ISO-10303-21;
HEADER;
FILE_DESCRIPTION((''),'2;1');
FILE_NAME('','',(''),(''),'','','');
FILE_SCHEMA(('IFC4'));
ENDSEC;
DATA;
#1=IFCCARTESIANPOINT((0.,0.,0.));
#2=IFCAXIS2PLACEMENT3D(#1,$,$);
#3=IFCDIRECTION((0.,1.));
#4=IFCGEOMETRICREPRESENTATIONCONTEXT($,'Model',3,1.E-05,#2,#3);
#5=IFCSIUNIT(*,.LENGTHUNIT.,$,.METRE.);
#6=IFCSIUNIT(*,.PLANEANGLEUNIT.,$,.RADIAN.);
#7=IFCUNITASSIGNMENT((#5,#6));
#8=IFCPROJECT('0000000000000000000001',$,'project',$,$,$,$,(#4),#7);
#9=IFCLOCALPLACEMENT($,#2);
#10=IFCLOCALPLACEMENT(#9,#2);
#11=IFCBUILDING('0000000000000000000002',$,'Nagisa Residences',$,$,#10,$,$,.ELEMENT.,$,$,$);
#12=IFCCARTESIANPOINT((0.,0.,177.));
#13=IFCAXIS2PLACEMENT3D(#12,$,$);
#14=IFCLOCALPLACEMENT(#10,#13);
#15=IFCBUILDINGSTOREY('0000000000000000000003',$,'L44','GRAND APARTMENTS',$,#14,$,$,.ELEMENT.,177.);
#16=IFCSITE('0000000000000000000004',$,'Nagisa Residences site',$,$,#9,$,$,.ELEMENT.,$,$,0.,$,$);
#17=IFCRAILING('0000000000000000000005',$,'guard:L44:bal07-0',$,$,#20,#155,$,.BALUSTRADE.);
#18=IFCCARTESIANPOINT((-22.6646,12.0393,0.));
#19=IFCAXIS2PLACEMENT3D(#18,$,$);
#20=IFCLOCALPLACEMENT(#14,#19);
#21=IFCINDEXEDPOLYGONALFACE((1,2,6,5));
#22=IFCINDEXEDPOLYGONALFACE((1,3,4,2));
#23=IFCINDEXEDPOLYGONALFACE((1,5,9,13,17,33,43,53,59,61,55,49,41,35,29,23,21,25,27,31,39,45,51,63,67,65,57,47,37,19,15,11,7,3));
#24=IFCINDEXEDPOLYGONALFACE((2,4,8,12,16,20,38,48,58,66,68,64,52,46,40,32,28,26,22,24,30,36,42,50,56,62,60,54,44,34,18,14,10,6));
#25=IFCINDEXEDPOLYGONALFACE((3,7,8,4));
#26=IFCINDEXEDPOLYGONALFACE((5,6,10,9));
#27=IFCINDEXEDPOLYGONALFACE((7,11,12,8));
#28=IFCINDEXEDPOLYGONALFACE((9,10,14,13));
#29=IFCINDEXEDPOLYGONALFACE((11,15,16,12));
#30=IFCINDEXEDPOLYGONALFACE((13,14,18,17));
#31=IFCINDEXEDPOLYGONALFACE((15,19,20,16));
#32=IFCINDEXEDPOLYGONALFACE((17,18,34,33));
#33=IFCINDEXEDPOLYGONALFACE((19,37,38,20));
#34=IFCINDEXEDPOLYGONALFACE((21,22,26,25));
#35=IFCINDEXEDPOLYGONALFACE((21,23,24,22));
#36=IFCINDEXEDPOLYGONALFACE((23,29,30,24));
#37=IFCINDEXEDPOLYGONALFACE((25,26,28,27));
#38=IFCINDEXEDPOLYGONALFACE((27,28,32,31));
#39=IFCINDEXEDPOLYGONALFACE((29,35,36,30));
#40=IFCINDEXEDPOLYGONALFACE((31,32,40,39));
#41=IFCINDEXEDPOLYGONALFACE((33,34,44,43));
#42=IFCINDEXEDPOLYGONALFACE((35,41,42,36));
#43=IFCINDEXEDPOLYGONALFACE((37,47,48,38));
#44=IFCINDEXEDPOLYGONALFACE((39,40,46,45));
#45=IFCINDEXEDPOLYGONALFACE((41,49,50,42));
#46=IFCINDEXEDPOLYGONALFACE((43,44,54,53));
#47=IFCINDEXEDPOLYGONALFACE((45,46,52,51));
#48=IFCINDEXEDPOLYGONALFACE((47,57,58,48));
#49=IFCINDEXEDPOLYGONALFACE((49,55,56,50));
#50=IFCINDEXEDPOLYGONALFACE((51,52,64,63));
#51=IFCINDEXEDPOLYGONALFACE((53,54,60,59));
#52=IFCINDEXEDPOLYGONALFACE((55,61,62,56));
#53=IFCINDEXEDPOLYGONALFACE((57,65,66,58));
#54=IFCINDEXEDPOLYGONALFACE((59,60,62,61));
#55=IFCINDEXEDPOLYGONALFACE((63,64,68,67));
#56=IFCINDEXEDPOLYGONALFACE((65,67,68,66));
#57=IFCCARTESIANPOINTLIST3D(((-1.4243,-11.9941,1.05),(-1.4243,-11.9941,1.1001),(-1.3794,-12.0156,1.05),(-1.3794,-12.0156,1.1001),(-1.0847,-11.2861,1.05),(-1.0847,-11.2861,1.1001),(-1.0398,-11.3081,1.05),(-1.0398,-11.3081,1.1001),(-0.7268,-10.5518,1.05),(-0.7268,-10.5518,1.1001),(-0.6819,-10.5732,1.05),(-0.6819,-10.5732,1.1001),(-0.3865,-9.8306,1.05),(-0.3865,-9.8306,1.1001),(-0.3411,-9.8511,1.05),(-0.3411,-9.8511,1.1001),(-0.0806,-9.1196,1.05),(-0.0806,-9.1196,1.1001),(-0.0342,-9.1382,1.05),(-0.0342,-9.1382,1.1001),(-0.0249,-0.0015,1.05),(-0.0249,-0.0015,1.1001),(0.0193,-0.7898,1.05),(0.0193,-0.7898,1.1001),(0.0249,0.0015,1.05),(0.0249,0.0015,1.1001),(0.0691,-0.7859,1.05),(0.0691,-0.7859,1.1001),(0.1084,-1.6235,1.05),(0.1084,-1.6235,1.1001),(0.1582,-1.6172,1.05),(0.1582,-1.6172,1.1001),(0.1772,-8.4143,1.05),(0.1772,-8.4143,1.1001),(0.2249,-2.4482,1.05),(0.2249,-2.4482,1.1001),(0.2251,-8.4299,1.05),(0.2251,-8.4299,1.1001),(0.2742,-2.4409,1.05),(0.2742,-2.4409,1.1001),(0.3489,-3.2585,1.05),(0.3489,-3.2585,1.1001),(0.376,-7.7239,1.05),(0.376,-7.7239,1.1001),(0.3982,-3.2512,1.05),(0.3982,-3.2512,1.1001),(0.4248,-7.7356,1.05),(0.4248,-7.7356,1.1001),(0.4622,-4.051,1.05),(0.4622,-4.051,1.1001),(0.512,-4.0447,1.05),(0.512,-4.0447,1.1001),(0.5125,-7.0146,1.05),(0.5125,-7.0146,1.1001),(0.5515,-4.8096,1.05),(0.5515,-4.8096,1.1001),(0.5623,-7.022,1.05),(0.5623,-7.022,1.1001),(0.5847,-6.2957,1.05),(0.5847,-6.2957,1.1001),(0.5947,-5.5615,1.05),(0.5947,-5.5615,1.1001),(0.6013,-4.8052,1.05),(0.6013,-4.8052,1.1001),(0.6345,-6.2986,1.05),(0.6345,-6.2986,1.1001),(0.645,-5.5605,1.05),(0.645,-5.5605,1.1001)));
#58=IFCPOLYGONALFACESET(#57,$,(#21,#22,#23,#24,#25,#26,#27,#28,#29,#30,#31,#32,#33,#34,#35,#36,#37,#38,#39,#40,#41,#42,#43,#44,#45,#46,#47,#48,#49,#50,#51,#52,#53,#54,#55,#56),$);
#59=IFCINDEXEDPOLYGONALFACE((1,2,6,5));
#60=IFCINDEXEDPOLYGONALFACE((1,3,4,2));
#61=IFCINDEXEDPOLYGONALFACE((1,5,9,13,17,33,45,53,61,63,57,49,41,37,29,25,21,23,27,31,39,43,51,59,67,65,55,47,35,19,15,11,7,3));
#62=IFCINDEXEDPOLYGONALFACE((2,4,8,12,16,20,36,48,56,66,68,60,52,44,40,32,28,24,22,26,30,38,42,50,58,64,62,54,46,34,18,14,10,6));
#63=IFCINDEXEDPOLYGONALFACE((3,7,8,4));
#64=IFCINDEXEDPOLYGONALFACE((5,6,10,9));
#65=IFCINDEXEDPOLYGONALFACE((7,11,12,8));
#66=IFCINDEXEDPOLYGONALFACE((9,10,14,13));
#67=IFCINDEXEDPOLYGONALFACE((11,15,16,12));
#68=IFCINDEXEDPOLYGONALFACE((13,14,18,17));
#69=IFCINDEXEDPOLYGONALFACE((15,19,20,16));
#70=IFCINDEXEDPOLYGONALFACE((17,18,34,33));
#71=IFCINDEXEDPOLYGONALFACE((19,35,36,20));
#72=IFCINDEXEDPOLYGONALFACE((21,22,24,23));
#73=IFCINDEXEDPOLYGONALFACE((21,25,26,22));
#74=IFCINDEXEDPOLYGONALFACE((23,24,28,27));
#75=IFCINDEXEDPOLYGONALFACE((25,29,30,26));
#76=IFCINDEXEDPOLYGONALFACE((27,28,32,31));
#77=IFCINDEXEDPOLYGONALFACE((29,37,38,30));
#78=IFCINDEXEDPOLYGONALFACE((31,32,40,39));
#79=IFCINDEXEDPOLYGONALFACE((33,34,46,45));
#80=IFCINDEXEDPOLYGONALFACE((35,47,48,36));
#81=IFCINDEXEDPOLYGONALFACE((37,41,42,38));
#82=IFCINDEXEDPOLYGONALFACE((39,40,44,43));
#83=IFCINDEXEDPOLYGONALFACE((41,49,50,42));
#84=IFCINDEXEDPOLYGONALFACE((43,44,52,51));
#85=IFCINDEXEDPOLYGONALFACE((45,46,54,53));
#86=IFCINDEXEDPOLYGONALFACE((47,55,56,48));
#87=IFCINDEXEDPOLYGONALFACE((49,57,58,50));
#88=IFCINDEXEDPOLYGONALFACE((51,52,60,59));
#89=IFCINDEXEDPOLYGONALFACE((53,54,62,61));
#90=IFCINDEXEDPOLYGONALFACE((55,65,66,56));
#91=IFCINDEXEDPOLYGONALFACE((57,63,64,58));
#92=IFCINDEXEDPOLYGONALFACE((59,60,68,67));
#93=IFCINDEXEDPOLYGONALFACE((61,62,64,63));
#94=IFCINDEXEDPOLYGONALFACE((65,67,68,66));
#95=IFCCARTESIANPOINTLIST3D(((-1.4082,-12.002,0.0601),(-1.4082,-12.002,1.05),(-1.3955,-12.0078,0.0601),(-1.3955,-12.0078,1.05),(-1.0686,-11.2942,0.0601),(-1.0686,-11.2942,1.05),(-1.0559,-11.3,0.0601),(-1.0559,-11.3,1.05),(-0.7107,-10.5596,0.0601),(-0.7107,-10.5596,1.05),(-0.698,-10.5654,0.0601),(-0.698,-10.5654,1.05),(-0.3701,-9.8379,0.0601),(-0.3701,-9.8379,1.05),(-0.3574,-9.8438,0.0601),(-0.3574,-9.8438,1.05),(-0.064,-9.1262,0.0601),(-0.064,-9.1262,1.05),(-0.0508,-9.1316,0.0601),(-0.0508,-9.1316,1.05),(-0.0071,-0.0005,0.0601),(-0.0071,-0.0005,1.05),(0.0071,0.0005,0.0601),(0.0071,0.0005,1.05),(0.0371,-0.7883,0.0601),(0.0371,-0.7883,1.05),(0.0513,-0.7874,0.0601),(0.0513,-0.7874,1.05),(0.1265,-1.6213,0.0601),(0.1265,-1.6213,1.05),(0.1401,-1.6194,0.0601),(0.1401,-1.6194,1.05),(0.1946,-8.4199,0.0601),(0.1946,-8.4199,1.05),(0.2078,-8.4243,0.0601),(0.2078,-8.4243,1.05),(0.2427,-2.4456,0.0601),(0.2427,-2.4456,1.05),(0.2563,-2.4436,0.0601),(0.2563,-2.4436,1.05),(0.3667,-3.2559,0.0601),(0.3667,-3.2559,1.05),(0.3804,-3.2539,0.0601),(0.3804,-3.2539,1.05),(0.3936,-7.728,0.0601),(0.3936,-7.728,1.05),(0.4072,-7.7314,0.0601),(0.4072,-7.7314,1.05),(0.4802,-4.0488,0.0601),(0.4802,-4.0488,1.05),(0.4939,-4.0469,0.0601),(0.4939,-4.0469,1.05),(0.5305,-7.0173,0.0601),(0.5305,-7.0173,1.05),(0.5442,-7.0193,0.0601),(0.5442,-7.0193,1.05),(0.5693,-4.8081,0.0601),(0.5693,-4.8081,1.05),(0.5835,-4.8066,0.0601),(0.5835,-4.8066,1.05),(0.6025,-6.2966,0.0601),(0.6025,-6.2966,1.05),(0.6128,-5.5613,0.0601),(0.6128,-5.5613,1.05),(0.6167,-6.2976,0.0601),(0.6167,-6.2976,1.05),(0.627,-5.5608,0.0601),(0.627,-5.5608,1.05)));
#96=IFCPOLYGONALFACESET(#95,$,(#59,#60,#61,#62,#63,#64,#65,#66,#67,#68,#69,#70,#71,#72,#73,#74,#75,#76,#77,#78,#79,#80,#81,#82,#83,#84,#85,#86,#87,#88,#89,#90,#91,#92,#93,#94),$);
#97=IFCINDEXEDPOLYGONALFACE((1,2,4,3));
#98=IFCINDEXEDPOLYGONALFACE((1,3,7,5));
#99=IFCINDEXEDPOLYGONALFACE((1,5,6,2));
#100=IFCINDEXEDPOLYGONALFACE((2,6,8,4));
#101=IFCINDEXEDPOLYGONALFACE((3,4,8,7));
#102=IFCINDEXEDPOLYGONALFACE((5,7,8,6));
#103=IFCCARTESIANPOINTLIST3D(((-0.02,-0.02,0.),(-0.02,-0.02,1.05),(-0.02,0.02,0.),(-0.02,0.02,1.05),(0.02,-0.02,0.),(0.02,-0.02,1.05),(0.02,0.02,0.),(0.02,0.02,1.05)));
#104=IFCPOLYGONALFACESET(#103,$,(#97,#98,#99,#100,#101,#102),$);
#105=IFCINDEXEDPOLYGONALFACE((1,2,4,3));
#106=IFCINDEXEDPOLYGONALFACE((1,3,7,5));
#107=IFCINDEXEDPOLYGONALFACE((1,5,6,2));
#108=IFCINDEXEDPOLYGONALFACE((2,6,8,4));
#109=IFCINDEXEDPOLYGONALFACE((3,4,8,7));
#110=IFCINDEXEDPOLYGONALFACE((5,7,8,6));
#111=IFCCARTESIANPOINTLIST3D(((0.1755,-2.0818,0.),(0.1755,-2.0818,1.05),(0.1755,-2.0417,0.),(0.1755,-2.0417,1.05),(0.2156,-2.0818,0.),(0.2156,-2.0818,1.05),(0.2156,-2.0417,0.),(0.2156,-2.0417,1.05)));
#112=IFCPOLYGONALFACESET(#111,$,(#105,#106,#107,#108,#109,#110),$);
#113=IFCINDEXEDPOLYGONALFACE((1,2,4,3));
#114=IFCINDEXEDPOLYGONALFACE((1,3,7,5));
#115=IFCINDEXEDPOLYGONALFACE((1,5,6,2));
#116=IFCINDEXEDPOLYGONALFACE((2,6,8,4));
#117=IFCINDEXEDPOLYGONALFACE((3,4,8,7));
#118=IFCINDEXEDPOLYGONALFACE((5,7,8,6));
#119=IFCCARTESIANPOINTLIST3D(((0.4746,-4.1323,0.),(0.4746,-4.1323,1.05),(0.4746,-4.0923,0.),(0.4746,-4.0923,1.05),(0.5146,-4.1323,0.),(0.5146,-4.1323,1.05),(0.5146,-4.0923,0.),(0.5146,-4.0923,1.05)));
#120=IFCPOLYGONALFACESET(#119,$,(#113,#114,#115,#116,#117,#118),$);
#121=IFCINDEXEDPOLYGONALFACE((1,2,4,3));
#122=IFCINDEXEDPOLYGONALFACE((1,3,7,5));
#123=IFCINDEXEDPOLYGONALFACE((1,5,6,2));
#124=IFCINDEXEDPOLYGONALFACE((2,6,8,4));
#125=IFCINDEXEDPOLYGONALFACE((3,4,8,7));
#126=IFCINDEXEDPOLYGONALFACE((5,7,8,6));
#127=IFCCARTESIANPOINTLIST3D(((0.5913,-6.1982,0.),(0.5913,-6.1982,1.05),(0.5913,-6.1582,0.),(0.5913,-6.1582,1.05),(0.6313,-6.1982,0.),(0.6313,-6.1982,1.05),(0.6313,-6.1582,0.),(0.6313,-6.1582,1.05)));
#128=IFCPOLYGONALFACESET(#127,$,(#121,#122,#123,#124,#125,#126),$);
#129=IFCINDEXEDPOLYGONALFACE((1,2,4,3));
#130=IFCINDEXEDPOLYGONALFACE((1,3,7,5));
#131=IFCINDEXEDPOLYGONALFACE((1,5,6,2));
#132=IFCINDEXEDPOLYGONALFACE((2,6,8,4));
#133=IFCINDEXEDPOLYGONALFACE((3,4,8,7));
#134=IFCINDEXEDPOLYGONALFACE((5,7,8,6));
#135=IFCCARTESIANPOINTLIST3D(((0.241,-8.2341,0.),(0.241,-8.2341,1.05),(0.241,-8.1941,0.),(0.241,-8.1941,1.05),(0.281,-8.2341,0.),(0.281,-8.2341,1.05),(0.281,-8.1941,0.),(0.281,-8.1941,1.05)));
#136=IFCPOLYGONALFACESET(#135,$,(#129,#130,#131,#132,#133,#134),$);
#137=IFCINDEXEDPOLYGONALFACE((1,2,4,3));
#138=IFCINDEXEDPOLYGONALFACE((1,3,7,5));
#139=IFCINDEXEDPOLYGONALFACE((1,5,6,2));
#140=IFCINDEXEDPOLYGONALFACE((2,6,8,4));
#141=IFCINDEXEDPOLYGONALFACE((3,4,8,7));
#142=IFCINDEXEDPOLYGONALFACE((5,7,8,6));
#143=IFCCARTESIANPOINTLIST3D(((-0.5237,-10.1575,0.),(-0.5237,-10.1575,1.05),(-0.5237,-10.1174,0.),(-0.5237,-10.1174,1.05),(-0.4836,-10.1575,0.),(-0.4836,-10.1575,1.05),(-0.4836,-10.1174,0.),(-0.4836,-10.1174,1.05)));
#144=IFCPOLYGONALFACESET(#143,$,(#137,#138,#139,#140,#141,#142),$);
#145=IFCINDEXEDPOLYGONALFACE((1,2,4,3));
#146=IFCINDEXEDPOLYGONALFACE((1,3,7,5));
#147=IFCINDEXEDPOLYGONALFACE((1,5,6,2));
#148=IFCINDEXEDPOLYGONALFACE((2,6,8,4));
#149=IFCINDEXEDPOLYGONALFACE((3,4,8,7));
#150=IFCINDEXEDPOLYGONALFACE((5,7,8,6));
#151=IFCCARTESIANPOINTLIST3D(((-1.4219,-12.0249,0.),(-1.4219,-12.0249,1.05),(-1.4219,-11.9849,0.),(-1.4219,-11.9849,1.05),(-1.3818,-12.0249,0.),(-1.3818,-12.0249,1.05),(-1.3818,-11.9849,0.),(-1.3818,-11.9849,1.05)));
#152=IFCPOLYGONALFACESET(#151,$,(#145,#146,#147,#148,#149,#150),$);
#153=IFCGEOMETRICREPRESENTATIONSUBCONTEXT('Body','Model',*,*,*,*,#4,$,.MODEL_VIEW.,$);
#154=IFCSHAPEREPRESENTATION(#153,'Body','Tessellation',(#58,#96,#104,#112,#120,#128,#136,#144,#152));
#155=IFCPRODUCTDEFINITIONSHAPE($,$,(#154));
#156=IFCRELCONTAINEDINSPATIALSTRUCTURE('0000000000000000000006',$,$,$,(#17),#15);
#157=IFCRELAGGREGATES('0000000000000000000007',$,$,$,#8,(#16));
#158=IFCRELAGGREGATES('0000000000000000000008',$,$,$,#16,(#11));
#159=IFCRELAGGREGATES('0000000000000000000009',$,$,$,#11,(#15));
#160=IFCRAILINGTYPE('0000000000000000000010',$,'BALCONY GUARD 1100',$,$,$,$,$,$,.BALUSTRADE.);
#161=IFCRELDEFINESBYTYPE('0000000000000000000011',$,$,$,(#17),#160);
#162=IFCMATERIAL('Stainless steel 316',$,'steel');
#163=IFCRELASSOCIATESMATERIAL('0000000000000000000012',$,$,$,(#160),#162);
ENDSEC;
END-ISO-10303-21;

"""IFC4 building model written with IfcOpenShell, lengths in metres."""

from ifc_helpers import new_model, si_unit, direction, frame, origin, origin_2d, place, context, subcontext, project, spatial, polyline, rectangle, outline, extrude, material, type_object, element, save


model = new_model("IFC4")

# Units and contexts
model_context = context("Model", 3, precision=1e-05, world=origin(), true_north=direction((0.0, 1.0)))
body_context = subcontext(model_context, "Body", "Model", "MODEL_VIEW")
ifc_project = project(units=[si_unit("LENGTHUNIT", "METRE"), si_unit("PLANEANGLEUNIT", "RADIAN")], contexts=[model_context])

# Site, building, storey
site_placement = place(None, origin())
site = spatial("IfcSite", under=ifc_project, at=site_placement, Name="Nagisa Residences site", CompositionType="ELEMENT", RefElevation=0.0)
building_placement = place(site_placement, origin())
building = spatial("IfcBuilding", under=site, at=building_placement, Name="Nagisa Residences", CompositionType="ELEMENT")
storey_placement = place(building_placement, frame((0.0, 0.0, 177.0)))
storey = spatial("IfcBuildingStorey", under=building, at=storey_placement, Name="L44", Description="GRAND APARTMENTS", CompositionType="ELEMENT", Elevation=177.0)

# Railing
ifc_material_1 = material(Name="Stainless steel 316", Category="steel")
railing_type = type_object("IfcRailingType", Name="BALCONY GUARD 1100", PredefinedType="BALUSTRADE", material=ifc_material_1)
railing_1_placement = place(storey_placement, frame((-22.6646, 12.0393, 0.0)))
element("IfcRailing", 1, at=railing_1_placement, inside=storey, type_object=railing_type, Name="guard:L44:bal07-0", PredefinedType="BALUSTRADE", context=body_context, shape_type="SweptSolid", body=[
    extrude(outline(polyline([(0.0691, -0.7859), (0.0249, 0.0015), (-0.0249, -0.0015), (0.0193, -0.7898), (0.1084, -1.6235), (0.2249, -2.4482), (0.3489, -3.2585), (0.4622, -4.051), (0.5515, -4.8096), (0.5947, -5.5615), (0.5847, -6.2957), (0.5125, -7.0146), (0.376, -7.7239), (0.1772, -8.4143), (-0.0806, -9.1196), (-0.3865, -9.8306), (-0.7268, -10.5518), (-1.0847, -11.2861), (-1.4243, -11.9941), (-1.3794, -12.0156), (-1.0398, -11.3081), (-0.6819, -10.5732), (-0.3411, -9.8511), (-0.0342, -9.1382), (0.2251, -8.4299), (0.4248, -7.7356), (0.5623, -7.022), (0.6345, -6.2986), (0.645, -5.5605), (0.6013, -4.8052), (0.512, -4.0447), (0.3982, -3.2512), (0.2742, -2.4409), (0.1582, -1.6172), (0.0691, -0.7859)])), frame((0.0, 0.0, 1.05)), (0.0, 0.0, 1.0), 0.05),
    extrude(outline(polyline([(0.0513, -0.7874), (0.0071, 0.0005), (-0.0071, -0.0005), (0.0371, -0.7883), (0.1265, -1.6213), (0.2427, -2.4456), (0.3667, -3.2559), (0.4802, -4.0488), (0.5693, -4.8081), (0.6128, -5.5613), (0.6025, -6.2966), (0.5305, -7.0173), (0.3936, -7.728), (0.1946, -8.4199), (-0.064, -9.1262), (-0.3701, -9.8379), (-0.7107, -10.5596), (-1.0686, -11.2942), (-1.4082, -12.002), (-1.3955, -12.0078), (-1.0559, -11.3), (-0.698, -10.5654), (-0.3574, -9.8438), (-0.0508, -9.1316), (0.2078, -8.4243), (0.4072, -7.7314), (0.5442, -7.0193), (0.6167, -6.2976), (0.627, -5.5608), (0.5835, -4.8066), (0.4939, -4.0469), (0.3804, -3.2539), (0.2563, -2.4436), (0.1401, -1.6194), (0.0513, -0.7874)])), frame((0.0, 0.0, 0.0601)), (0.0, 0.0, 1.0), 0.99),
    extrude(rectangle(XDim=0.04, YDim=0.04, at=origin_2d()), origin(), (0.0, 0.0, 1.0), 1.05),
    extrude(rectangle(XDim=0.04, YDim=0.04, at=origin_2d()), frame((0.1956, -2.0618, 0.0)), (0.0, 0.0, 1.0), 1.05),
    extrude(rectangle(XDim=0.04, YDim=0.04, at=origin_2d()), frame((0.4946, -4.1123, 0.0)), (0.0, 0.0, 1.0), 1.05),
    extrude(rectangle(XDim=0.04, YDim=0.04, at=origin_2d()), frame((0.6113, -6.1782, 0.0)), (0.0, 0.0, 1.0), 1.05),
    extrude(rectangle(XDim=0.04, YDim=0.04, at=origin_2d()), frame((0.261, -8.2141, 0.0)), (0.0, 0.0, 1.0), 1.05),
    extrude(rectangle(XDim=0.04, YDim=0.04, at=origin_2d()), frame((-0.5037, -10.1375, 0.0)), (0.0, 0.0, 1.0), 1.05),
    extrude(rectangle(XDim=0.04, YDim=0.04, at=origin_2d()), frame((-1.4019, -12.0049, 0.0)), (0.0, 0.0, 1.0), 1.05),
])

save(model, "model.ifc")
